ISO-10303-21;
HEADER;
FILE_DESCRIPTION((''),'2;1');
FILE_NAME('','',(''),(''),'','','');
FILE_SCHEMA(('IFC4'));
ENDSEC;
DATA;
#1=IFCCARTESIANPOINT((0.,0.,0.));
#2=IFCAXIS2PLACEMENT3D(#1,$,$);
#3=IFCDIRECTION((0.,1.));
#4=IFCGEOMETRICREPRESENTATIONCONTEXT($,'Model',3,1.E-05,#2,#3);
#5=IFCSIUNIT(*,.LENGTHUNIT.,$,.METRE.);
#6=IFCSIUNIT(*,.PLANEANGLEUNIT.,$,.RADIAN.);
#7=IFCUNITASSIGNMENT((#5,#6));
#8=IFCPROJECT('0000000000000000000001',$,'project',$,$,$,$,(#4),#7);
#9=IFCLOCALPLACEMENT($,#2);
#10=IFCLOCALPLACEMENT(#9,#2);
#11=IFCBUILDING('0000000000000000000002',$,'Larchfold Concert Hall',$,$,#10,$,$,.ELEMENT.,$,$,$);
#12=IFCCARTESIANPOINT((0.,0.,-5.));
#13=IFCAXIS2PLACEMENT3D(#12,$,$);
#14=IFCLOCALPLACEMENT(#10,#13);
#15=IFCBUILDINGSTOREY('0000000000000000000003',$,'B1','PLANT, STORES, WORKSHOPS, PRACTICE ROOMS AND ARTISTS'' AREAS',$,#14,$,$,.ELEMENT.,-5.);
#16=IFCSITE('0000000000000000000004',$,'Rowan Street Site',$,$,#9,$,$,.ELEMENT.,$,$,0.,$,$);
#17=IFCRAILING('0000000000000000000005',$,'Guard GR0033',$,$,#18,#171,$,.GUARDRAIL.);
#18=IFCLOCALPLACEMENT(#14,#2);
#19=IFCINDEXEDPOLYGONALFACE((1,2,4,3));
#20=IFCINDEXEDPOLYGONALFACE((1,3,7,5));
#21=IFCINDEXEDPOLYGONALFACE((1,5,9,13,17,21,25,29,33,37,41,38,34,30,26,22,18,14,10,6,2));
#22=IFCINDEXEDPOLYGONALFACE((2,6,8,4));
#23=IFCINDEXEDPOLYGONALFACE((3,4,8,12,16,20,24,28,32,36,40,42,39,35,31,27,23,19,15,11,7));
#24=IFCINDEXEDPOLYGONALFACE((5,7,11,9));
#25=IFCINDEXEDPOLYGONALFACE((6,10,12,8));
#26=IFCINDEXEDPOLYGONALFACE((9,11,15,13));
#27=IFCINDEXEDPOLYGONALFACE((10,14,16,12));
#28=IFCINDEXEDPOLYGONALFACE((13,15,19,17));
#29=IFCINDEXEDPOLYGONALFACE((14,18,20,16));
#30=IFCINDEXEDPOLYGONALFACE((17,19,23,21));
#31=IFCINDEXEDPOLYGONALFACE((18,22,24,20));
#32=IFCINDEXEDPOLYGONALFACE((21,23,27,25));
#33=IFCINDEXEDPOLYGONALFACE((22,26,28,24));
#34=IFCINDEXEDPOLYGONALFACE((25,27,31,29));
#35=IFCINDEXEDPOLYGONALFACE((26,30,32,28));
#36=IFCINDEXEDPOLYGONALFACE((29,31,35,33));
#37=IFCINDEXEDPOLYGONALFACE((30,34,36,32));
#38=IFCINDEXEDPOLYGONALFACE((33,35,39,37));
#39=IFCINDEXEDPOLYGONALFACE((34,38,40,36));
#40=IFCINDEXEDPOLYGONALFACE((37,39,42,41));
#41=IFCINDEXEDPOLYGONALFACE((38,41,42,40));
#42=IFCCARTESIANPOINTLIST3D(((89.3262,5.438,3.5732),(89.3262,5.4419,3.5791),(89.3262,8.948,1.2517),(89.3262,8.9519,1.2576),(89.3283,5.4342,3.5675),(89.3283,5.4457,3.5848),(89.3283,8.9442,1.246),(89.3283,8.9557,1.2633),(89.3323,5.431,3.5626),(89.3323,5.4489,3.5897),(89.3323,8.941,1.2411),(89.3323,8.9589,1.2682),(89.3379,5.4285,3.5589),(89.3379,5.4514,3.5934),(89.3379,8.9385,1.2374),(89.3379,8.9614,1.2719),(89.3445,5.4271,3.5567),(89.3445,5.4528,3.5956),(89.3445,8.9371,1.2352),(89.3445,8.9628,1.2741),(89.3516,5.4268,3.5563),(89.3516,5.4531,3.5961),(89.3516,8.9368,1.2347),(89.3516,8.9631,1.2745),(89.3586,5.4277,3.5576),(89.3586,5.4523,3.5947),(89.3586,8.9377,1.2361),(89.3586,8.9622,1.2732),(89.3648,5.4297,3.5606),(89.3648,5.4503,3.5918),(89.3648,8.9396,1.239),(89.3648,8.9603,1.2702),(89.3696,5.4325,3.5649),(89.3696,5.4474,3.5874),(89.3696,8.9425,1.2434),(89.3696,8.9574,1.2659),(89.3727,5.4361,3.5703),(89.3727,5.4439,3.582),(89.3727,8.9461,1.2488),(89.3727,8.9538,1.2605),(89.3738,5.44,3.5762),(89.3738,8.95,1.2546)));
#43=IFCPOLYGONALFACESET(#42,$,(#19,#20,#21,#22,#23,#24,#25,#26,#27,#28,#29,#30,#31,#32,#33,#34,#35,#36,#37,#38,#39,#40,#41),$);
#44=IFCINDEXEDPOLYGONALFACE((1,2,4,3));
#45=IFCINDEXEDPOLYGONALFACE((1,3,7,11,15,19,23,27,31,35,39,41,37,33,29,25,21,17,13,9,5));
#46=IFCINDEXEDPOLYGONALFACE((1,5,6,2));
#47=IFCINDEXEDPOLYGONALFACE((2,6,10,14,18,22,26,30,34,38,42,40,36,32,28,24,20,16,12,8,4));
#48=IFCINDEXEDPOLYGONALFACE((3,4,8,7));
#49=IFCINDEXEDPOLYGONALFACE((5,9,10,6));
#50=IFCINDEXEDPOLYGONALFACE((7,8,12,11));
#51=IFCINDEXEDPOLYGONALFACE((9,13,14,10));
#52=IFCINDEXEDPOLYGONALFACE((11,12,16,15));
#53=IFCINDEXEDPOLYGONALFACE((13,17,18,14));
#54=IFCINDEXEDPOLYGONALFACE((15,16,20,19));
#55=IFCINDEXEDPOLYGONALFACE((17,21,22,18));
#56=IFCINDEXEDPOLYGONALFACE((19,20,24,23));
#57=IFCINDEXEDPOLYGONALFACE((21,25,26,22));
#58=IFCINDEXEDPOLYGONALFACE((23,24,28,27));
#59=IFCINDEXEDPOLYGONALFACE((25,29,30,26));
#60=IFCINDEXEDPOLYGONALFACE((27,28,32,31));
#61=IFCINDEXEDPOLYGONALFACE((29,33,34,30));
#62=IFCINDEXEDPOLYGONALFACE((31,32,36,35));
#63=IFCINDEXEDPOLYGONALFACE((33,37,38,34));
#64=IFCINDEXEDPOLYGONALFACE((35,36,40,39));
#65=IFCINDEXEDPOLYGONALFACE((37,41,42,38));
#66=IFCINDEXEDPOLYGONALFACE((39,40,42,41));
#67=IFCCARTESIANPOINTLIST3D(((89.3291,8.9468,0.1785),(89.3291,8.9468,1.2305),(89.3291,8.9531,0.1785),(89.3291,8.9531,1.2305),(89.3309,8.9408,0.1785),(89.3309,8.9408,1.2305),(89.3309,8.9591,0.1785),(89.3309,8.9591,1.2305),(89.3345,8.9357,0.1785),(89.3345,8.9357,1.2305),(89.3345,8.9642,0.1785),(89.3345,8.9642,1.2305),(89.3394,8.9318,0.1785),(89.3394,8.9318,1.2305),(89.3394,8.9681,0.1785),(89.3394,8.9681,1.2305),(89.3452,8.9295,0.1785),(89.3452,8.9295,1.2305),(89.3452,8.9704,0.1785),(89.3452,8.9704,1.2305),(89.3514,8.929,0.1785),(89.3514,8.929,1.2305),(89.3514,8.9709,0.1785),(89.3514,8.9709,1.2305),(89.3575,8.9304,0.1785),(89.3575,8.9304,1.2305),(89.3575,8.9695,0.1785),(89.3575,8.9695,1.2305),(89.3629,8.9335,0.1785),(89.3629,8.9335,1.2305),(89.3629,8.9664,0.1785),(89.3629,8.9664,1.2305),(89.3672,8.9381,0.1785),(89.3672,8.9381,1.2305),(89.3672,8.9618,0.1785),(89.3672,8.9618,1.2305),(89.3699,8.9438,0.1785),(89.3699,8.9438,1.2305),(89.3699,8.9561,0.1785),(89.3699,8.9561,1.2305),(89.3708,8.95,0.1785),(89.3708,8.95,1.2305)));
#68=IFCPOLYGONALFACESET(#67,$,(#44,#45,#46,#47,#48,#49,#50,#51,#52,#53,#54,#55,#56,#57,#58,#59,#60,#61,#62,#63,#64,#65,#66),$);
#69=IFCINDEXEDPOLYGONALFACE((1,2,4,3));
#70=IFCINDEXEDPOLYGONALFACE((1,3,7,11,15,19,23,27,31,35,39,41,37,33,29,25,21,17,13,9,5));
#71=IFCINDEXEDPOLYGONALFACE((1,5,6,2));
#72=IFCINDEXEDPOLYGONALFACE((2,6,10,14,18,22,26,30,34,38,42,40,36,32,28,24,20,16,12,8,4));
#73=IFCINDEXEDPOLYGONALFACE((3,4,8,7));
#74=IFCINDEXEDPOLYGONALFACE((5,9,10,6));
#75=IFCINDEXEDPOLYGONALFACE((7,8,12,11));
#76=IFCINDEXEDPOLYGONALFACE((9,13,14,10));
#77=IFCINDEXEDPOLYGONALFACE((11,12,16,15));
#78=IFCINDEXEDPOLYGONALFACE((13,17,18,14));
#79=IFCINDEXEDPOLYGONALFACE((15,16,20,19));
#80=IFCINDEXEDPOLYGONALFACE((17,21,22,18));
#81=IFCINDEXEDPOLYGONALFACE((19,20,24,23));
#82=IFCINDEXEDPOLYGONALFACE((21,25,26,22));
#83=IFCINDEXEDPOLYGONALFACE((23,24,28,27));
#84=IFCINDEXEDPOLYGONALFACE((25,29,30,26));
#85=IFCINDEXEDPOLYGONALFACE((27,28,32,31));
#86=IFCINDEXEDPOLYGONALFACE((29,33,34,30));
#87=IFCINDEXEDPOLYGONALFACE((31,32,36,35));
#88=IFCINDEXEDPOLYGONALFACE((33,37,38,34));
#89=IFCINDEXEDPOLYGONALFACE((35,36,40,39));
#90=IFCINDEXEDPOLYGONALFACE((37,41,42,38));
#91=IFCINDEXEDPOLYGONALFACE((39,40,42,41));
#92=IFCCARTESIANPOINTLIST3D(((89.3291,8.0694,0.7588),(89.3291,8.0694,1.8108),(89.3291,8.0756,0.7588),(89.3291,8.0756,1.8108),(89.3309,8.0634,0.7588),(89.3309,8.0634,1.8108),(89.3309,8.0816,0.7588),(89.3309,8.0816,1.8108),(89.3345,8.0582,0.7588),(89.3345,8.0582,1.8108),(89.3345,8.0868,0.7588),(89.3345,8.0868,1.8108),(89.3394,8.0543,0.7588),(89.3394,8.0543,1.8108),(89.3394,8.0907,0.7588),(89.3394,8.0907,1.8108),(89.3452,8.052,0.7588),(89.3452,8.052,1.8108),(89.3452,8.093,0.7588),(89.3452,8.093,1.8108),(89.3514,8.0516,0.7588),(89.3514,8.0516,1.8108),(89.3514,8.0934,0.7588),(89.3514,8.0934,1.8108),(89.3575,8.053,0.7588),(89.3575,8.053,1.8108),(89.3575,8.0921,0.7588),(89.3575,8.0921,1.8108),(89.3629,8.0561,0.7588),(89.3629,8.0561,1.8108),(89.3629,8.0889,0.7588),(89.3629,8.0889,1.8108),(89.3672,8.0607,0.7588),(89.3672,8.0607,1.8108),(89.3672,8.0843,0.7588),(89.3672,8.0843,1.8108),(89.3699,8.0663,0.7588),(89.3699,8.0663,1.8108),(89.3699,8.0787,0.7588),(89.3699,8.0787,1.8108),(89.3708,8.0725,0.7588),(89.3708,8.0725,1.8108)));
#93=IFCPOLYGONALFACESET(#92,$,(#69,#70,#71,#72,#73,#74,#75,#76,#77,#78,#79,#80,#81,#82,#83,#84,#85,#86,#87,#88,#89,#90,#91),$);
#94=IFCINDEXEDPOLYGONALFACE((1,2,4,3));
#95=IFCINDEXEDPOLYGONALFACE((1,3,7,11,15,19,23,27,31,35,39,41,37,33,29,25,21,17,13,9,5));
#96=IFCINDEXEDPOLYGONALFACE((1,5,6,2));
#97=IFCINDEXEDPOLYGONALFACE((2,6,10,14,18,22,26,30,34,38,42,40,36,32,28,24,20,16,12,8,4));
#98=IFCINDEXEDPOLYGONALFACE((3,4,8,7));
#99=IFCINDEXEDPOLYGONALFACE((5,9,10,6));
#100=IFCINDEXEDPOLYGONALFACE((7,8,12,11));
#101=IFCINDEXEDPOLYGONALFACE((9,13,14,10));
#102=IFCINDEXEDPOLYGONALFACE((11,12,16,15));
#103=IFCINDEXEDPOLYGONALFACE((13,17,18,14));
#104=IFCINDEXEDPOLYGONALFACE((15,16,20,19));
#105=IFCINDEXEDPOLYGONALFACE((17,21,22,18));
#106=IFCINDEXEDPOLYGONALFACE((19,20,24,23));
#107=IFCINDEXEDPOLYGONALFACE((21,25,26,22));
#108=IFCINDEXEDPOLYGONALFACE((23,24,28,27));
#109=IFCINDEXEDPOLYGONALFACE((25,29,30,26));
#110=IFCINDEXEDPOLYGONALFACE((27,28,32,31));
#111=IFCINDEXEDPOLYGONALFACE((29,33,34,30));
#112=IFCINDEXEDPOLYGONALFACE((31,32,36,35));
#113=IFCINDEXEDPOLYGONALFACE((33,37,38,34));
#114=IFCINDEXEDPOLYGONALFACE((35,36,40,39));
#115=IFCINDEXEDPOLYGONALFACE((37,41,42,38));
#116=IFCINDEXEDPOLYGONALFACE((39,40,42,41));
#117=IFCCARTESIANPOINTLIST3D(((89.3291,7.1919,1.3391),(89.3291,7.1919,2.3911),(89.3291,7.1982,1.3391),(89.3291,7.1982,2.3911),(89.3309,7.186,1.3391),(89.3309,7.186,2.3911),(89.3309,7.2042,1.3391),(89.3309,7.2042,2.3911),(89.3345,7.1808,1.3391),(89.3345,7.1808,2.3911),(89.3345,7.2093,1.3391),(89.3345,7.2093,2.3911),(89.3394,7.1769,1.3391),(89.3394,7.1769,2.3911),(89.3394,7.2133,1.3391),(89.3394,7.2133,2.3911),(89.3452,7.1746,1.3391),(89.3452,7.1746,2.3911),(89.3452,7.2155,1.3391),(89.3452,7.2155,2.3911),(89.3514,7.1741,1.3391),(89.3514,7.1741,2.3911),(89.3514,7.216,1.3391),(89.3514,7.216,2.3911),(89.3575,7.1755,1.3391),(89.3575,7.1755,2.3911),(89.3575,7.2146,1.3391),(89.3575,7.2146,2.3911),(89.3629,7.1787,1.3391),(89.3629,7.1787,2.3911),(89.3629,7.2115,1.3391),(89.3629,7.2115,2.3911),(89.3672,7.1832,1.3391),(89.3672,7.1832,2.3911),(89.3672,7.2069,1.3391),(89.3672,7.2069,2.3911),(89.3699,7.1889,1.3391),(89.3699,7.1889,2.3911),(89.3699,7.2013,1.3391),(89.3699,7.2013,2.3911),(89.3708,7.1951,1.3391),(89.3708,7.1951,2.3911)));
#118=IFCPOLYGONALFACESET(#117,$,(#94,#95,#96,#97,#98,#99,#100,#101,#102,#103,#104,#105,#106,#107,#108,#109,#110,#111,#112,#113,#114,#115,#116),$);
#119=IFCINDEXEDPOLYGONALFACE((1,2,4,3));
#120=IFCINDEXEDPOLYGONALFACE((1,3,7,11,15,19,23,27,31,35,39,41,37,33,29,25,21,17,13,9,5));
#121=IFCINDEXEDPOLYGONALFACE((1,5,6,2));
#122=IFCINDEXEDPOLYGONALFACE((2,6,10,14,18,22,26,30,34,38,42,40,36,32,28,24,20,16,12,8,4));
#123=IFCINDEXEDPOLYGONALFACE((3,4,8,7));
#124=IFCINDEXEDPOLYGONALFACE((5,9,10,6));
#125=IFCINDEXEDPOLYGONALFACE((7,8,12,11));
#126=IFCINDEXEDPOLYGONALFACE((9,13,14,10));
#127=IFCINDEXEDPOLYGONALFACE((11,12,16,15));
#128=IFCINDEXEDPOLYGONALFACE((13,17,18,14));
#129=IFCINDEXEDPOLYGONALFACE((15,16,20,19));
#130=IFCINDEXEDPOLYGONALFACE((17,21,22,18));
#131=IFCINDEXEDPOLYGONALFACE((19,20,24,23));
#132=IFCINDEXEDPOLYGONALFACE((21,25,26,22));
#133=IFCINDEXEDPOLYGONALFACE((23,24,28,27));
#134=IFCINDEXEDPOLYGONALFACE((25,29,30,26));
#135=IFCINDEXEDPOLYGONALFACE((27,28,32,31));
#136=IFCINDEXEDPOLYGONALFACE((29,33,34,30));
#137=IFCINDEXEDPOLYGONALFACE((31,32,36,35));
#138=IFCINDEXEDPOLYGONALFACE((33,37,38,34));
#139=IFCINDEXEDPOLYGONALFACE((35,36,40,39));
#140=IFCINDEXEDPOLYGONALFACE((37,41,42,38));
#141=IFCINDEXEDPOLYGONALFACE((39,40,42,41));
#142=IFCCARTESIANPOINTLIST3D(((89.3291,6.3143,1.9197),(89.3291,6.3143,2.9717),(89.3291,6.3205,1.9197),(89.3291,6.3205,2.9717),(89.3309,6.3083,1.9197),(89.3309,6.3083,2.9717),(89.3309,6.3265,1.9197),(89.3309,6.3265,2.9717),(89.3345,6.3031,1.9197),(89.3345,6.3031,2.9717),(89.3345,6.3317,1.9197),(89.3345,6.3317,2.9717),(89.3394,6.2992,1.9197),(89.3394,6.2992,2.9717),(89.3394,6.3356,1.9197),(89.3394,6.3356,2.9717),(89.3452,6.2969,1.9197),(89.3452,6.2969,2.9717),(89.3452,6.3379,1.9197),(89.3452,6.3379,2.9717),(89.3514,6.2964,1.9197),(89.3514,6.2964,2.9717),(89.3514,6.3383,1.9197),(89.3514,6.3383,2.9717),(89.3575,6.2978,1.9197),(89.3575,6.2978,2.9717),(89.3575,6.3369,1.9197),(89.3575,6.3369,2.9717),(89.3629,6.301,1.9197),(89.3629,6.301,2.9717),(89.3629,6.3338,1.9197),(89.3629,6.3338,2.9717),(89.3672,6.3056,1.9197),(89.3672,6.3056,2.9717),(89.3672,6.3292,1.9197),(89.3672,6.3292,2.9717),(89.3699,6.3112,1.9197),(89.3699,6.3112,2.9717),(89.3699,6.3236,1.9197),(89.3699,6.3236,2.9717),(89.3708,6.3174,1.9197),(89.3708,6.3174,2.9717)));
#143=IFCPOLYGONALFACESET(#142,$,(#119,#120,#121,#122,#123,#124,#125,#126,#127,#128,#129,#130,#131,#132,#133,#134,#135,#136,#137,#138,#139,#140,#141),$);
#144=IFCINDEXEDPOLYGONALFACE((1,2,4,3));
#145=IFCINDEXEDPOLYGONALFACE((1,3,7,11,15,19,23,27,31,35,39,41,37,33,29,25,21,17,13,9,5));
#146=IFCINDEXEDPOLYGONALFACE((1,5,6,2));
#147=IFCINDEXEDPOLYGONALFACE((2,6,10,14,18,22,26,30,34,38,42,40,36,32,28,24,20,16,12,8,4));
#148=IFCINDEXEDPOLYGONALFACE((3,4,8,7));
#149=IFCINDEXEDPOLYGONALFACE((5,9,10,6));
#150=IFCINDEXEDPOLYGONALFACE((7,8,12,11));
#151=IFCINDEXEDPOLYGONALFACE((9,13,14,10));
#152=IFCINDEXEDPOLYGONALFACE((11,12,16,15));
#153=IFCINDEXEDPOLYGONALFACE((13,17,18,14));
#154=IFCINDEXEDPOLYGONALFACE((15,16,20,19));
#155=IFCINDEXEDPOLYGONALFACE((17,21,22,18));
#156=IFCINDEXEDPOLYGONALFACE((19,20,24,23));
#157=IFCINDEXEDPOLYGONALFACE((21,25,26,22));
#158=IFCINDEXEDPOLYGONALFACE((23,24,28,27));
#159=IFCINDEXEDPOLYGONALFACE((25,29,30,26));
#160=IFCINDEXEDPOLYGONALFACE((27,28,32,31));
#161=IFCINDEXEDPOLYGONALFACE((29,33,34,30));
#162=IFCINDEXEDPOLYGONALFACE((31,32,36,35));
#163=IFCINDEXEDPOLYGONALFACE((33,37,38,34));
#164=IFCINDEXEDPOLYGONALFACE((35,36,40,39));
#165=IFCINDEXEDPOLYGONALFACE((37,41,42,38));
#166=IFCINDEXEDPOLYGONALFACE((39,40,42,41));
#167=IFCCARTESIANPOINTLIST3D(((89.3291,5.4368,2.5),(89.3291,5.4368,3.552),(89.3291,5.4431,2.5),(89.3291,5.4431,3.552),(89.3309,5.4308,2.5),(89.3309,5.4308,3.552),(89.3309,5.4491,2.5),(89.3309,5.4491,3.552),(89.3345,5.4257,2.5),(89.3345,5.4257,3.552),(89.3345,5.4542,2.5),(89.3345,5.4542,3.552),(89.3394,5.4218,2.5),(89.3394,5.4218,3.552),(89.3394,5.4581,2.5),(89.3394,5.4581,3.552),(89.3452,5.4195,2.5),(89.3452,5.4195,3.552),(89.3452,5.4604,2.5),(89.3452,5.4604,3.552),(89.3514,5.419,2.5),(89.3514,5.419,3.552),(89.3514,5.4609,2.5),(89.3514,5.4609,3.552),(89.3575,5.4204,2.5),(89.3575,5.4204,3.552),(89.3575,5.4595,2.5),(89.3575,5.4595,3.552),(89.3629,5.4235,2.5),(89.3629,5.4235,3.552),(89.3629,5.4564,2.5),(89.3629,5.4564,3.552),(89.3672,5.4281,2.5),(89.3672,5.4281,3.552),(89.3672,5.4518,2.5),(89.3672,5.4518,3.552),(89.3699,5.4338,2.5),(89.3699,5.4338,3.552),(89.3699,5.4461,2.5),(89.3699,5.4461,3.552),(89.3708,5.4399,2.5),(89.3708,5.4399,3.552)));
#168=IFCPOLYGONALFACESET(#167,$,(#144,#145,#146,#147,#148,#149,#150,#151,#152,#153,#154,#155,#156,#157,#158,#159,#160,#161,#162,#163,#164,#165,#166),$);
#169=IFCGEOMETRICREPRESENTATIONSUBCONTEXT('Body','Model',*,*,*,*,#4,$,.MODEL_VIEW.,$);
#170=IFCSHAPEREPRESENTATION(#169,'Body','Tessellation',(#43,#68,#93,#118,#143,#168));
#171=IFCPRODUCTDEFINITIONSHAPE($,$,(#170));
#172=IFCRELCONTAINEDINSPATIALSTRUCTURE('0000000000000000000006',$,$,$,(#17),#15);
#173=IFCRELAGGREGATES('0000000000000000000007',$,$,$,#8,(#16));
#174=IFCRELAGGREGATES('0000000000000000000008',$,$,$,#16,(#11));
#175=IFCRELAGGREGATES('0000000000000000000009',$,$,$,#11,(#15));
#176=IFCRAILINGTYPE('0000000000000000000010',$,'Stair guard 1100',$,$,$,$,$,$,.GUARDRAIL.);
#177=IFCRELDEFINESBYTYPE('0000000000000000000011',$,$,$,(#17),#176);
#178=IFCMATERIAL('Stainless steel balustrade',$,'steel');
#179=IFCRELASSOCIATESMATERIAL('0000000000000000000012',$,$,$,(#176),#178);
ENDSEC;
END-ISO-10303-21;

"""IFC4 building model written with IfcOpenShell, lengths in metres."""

from ifc_helpers import new_model, si_unit, direction, frame, origin, origin_2d, place, context, subcontext, project, spatial, circle, extrude, material, type_object, element, save


model = new_model("IFC4")

# Units and contexts
model_context = context("Model", 3, precision=1e-05, world=origin(), true_north=direction((0.0, 1.0)))
body_context = subcontext(model_context, "Body", "Model", "MODEL_VIEW")
ifc_project = project(units=[si_unit("LENGTHUNIT", "METRE"), si_unit("PLANEANGLEUNIT", "RADIAN")], contexts=[model_context])

# Site, building, storey
site_placement = place(None, origin())
site = spatial("IfcSite", under=ifc_project, at=site_placement, Name="Rowan Street Site", CompositionType="ELEMENT", RefElevation=0.0)
building_placement = place(site_placement, origin())
building = spatial("IfcBuilding", under=site, at=building_placement, Name="Larchfold Concert Hall", CompositionType="ELEMENT")
storey_placement = place(building_placement, frame((0.0, 0.0, -5.0)))
storey = spatial("IfcBuildingStorey", under=building, at=storey_placement, Name="B1", Description="PLANT, STORES, WORKSHOPS, PRACTICE ROOMS AND ARTISTS' AREAS", CompositionType="ELEMENT", Elevation=-5.0)

# Railing
ifc_material_1 = material(Name="Stainless steel balustrade", Category="steel")
railing_type_1 = type_object("IfcRailingType", Name="Stair guard 1100", PredefinedType="GUARDRAIL", material=ifc_material_1)
railing_1_placement = place(storey_placement, frame((89.3499, 8.95, 0.1785)))
element("IfcRailing", 1, at=railing_1_placement, inside=storey, type_object=railing_type_1, Name="Guard GR0033", PredefinedType="GUARDRAIL", context=body_context, shape_type="SweptSolid", body=[
    extrude(circle(Radius=0.0239, at=origin_2d()), frame((0.0, 0.0, 1.0762), z_axis=(0.0, -0.834071, 0.551657), x_axis=(1.0, 0.0, 0.0)), (0.0, 0.0, 1.0), 4.2083),
    extrude(circle(Radius=0.021, at=origin_2d()), origin(), (0.0, 0.0, 1.0), 1.052),
    extrude(circle(Radius=0.021, at=origin_2d()), frame((0.0, -0.8774, 0.5803)), (0.0, 0.0, 1.0), 1.052),
    extrude(circle(Radius=0.021, at=origin_2d()), frame((0.0, -1.7549, 1.1606)), (0.0, 0.0, 1.0), 1.052),
    extrude(circle(Radius=0.021, at=origin_2d()), frame((0.0, -2.6326, 1.7412)), (0.0, 0.0, 1.0), 1.052),
    extrude(circle(Radius=0.021, at=origin_2d()), frame((0.0, -3.51, 2.3215)), (0.0, 0.0, 1.0), 1.052),
])

save(model, "model.ifc")
